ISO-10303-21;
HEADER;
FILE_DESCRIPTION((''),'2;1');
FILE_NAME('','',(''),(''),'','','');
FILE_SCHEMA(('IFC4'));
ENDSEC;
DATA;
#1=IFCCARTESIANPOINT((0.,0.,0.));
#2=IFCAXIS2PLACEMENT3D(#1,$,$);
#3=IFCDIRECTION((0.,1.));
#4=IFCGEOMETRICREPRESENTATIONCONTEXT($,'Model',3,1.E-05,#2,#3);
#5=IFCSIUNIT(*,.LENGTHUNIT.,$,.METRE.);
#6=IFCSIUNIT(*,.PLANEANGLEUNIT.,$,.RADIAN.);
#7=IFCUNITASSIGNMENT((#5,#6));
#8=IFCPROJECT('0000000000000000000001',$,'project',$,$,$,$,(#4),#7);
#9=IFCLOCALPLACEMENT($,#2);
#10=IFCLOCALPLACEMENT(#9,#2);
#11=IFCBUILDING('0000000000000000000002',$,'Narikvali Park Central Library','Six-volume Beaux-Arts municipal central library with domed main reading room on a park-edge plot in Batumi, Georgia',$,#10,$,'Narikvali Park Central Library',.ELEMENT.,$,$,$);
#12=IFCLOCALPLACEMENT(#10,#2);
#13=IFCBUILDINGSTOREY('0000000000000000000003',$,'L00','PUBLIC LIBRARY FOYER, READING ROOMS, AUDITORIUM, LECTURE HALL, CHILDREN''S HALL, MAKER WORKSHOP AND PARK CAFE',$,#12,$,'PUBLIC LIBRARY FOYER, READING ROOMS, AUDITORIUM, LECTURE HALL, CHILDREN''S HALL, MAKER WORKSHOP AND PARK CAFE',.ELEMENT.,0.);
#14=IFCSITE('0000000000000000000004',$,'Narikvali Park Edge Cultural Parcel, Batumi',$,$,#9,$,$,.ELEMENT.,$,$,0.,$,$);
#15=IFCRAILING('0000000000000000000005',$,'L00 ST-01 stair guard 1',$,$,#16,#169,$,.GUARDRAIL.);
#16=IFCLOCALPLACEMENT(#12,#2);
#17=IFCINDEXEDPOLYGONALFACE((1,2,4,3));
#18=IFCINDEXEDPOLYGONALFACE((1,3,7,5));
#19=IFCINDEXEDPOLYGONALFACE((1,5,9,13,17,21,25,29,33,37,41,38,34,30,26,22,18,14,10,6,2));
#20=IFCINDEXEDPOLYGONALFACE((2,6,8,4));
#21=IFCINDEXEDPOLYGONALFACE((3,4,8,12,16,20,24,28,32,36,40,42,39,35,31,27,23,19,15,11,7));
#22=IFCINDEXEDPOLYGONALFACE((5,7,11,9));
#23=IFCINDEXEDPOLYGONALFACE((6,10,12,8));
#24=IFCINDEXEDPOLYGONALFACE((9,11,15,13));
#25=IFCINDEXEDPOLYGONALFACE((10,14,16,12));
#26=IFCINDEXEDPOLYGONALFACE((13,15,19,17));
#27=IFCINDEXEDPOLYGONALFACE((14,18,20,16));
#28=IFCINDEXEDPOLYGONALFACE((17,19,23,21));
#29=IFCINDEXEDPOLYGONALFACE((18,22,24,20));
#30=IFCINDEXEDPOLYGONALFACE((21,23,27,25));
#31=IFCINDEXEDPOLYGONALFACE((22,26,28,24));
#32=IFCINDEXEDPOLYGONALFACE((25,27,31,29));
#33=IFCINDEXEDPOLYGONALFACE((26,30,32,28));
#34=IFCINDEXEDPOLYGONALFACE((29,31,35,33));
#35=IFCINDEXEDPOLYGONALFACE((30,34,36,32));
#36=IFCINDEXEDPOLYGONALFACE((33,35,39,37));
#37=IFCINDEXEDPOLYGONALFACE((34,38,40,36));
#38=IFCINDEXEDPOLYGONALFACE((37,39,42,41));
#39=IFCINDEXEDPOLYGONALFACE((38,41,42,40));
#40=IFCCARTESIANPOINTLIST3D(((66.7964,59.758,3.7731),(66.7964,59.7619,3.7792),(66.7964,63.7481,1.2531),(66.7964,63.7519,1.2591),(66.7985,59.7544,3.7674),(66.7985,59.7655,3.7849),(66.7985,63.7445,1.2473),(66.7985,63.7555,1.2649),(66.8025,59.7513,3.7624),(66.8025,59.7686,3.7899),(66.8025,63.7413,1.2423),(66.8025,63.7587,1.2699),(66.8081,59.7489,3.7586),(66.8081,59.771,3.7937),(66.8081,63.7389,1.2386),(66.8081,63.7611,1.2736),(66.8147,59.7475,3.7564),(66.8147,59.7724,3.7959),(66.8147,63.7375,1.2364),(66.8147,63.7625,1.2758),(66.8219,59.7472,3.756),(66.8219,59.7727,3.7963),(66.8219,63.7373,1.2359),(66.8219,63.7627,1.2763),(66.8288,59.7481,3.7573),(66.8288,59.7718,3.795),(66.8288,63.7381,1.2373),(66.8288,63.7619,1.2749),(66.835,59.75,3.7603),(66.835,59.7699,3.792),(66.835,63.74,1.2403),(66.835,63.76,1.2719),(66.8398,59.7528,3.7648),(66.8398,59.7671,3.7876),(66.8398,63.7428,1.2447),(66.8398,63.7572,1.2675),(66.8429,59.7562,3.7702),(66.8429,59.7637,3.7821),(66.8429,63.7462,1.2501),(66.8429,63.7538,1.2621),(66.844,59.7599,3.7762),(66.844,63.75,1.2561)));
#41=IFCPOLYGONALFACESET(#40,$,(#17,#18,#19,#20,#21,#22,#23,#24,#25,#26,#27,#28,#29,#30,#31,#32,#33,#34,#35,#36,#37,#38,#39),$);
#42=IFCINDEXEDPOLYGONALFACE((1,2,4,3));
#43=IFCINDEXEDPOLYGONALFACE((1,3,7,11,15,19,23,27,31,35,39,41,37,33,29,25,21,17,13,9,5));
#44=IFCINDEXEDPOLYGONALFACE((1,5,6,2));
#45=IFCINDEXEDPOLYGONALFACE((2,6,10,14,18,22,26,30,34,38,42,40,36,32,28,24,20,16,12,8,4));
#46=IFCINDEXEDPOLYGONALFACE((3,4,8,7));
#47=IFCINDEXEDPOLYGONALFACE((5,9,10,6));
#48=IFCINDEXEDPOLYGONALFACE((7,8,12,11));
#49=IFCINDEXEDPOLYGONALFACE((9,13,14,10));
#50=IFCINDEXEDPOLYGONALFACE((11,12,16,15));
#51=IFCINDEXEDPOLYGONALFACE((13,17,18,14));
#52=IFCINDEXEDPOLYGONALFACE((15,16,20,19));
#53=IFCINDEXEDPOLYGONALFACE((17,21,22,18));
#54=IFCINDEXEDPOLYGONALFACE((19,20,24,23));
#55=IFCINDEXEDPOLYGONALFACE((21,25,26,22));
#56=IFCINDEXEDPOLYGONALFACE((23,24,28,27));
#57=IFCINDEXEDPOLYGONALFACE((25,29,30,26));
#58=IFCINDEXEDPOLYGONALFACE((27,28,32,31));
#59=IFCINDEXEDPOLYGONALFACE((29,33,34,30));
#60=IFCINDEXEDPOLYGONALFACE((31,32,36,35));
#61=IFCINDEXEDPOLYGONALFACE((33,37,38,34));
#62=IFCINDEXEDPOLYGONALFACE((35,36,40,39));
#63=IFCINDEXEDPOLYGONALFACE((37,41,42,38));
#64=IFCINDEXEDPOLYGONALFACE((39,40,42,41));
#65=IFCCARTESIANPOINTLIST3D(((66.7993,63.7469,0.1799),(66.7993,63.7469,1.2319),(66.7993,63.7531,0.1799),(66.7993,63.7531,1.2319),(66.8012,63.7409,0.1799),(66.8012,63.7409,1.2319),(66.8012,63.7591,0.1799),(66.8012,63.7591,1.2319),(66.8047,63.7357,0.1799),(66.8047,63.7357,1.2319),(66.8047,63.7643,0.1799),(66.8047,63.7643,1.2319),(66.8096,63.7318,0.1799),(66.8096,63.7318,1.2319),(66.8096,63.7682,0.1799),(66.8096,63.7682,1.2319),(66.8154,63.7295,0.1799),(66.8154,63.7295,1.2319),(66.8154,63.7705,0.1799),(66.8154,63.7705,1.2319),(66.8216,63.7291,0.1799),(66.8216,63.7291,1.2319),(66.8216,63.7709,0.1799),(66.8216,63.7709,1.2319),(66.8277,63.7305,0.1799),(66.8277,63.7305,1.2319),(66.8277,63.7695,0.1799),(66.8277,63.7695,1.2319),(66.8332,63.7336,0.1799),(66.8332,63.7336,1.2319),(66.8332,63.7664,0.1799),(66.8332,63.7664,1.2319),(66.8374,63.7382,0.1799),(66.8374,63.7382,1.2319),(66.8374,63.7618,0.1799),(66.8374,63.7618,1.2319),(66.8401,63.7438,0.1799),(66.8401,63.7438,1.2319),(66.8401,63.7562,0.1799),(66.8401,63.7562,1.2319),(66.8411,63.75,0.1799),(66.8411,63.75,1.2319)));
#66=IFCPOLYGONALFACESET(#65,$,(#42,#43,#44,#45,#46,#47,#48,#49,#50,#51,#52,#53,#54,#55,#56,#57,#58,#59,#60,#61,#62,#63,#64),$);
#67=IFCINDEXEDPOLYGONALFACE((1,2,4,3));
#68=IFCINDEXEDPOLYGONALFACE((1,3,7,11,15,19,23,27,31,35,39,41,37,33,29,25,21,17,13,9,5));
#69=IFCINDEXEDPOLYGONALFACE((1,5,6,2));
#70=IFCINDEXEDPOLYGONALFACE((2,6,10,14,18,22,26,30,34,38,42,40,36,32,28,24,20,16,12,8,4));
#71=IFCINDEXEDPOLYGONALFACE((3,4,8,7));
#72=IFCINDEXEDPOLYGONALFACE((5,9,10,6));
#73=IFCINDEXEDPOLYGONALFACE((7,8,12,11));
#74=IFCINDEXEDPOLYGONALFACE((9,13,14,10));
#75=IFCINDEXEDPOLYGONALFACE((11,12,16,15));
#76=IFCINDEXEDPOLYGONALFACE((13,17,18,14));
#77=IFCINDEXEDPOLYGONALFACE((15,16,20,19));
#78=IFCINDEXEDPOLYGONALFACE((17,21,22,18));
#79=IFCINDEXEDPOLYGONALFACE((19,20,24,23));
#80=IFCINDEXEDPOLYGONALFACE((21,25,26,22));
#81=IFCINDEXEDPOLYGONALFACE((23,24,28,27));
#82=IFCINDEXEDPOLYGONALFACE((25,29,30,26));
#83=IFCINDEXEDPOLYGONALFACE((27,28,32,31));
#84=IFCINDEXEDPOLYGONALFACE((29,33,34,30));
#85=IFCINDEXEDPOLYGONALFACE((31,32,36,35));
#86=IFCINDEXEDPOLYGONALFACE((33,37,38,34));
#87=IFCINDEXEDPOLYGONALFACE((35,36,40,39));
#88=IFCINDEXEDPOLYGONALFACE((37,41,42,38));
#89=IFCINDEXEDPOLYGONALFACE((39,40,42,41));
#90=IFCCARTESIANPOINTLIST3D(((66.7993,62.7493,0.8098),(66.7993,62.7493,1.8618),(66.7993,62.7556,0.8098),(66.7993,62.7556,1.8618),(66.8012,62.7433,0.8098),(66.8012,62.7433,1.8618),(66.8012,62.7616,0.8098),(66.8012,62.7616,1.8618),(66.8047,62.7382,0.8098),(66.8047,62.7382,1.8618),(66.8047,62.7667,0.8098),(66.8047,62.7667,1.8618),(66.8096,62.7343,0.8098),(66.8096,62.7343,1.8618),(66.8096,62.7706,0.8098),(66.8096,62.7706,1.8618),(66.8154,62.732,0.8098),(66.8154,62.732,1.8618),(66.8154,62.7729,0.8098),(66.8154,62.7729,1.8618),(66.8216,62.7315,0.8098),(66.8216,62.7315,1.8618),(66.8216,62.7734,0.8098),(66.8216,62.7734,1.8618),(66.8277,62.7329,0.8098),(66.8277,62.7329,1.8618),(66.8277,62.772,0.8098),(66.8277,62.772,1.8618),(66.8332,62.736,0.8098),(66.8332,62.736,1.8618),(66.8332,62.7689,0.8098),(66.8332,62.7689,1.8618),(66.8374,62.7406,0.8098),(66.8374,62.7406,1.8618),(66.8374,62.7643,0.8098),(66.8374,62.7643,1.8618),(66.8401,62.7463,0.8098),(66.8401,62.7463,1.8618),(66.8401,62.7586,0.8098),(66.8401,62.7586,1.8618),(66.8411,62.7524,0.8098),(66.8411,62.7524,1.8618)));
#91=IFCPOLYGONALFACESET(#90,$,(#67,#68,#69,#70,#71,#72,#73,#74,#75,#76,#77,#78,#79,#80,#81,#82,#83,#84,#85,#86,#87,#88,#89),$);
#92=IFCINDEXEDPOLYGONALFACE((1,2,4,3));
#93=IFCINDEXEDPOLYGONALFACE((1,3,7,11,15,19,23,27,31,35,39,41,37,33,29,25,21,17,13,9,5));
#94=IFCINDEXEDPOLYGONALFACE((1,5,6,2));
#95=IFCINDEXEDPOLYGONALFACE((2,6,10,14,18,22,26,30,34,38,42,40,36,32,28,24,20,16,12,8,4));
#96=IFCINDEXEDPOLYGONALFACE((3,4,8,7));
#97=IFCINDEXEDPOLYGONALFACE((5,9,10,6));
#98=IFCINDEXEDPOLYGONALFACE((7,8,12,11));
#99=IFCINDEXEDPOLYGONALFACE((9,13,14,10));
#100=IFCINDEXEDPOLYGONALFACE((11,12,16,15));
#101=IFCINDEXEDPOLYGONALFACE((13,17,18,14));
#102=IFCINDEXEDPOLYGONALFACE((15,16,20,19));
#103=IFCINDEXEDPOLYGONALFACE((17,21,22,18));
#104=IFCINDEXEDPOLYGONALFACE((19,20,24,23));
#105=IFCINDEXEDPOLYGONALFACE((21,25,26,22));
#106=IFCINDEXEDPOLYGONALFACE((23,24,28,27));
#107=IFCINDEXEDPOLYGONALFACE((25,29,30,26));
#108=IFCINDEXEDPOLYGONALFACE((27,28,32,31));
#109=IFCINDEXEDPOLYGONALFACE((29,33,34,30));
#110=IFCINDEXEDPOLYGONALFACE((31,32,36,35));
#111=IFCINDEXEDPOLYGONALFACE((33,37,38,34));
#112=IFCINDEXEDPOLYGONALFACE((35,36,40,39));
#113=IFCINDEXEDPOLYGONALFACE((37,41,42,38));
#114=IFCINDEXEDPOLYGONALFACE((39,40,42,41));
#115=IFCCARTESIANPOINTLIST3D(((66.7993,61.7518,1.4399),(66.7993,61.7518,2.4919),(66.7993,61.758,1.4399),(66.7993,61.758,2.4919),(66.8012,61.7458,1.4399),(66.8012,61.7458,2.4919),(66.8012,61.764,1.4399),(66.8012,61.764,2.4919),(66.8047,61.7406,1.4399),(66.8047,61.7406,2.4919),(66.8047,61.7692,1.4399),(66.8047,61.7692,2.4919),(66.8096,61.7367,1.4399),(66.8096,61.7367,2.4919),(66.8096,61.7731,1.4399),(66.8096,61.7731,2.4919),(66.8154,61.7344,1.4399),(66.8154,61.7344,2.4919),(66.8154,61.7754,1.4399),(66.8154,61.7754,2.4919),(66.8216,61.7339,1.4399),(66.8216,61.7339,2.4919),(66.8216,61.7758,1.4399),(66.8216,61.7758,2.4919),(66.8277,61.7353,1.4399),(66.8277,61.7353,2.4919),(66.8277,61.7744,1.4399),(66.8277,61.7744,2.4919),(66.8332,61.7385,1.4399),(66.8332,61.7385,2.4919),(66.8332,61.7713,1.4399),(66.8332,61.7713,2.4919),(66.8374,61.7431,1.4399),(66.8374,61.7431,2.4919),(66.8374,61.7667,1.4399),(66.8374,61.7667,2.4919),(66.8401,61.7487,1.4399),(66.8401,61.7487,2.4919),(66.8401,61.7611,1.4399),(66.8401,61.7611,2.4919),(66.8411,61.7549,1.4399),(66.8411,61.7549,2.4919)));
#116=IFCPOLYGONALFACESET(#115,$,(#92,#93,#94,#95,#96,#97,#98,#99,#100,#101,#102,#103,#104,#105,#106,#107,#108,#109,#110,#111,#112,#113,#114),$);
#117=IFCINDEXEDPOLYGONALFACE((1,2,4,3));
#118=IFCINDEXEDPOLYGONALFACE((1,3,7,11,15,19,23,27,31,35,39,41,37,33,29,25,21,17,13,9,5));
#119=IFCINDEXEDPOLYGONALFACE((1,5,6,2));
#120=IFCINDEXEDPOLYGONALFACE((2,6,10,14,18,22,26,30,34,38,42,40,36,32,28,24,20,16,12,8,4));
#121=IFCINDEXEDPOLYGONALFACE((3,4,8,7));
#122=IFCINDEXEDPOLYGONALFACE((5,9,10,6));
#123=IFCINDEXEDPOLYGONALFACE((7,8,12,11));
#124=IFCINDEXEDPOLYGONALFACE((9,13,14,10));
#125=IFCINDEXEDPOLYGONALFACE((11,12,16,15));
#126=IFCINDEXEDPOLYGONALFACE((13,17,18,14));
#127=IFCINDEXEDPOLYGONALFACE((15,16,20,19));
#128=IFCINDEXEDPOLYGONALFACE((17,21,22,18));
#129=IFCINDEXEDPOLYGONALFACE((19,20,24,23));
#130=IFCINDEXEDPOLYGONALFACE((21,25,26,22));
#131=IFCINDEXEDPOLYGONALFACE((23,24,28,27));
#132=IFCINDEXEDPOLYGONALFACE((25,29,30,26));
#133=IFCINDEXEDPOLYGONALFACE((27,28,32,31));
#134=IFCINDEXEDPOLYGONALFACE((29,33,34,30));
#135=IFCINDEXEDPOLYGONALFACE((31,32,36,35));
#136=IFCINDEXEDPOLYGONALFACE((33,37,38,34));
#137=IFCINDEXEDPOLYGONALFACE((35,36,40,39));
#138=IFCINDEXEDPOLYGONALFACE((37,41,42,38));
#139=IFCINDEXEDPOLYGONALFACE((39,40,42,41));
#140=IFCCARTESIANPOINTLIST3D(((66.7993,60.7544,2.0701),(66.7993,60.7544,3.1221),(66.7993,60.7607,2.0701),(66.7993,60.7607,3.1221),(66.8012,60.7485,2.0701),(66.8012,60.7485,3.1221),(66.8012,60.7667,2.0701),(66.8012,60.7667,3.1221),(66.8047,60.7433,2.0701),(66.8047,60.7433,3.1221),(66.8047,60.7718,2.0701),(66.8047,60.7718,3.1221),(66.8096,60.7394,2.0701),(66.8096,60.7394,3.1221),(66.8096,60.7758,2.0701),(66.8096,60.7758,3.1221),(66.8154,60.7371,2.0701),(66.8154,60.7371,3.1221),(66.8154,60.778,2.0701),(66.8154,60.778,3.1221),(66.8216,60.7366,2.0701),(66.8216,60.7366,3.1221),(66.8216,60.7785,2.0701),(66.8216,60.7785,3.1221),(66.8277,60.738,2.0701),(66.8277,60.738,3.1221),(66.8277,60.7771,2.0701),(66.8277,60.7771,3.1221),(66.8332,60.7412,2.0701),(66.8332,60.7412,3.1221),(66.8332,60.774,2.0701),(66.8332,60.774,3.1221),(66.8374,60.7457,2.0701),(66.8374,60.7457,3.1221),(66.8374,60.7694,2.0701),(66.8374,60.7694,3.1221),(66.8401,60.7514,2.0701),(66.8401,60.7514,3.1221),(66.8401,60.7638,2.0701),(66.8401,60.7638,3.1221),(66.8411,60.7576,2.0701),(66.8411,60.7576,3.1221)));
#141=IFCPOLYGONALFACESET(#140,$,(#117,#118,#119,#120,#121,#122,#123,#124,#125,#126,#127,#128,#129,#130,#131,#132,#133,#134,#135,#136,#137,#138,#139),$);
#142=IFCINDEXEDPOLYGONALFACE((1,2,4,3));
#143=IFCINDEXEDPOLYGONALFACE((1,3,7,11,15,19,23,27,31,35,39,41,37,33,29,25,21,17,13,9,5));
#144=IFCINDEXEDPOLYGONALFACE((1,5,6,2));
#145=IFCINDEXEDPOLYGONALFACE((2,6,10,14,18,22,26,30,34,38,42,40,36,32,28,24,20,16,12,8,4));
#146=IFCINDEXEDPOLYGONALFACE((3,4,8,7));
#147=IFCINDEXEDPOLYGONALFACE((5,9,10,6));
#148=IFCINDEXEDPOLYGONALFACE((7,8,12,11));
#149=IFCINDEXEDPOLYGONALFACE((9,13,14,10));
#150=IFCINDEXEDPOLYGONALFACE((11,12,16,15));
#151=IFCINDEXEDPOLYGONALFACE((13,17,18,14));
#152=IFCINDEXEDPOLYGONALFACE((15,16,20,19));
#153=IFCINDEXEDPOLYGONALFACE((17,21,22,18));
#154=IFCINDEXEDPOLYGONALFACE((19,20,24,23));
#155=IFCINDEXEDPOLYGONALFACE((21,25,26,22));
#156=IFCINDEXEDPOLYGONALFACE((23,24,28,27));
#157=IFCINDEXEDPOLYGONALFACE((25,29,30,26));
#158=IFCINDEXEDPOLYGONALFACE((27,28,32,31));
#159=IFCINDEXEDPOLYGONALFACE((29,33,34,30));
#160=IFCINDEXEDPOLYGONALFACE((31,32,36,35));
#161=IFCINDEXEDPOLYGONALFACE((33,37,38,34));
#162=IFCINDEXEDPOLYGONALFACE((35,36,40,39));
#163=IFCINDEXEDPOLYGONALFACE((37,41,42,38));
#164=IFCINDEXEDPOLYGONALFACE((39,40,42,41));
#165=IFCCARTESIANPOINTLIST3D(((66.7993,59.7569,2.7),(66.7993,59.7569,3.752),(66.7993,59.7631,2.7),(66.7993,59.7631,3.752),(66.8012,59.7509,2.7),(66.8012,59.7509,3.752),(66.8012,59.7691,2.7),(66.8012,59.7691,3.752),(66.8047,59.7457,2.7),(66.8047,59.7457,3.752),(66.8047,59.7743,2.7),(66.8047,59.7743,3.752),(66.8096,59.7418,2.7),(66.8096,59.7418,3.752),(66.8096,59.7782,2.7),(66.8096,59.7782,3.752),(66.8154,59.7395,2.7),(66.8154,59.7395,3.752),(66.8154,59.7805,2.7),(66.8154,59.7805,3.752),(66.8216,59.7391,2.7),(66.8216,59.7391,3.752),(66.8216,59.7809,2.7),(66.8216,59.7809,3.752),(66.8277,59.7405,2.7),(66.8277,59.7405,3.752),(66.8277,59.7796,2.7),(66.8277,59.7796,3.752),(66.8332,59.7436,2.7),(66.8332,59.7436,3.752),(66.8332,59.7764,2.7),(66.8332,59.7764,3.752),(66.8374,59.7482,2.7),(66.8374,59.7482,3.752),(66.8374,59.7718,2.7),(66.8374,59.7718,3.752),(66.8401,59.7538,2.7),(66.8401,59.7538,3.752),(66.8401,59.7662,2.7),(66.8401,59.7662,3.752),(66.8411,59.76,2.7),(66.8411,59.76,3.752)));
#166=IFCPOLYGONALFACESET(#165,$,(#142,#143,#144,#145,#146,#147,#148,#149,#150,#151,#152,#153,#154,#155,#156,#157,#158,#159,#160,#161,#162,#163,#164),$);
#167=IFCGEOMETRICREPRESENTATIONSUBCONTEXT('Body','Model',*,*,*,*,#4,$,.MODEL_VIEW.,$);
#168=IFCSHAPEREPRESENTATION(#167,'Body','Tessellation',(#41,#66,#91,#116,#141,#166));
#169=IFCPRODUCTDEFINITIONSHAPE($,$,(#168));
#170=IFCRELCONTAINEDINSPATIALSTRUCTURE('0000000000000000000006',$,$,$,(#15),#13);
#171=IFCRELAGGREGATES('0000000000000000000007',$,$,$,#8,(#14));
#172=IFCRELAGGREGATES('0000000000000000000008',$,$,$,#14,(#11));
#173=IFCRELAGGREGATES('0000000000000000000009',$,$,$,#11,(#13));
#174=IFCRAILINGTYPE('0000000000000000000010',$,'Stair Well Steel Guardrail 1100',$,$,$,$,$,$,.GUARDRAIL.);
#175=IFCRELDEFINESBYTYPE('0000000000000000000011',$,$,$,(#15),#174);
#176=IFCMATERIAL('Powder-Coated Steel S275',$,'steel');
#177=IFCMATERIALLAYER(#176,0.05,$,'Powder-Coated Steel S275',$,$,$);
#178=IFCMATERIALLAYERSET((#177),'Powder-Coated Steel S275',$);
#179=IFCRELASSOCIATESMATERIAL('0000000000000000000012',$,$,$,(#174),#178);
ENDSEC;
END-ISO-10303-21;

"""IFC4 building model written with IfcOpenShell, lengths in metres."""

from ifc_helpers import new_model, si_unit, direction, frame, origin, origin_2d, place, context, subcontext, project, spatial, circle, extrude, material, layer, layer_set, type_object, element, save


model = new_model("IFC4")

# Units and contexts
model_context = context("Model", 3, precision=1e-05, world=origin(), true_north=direction((0.0, 1.0)))
body_context = subcontext(model_context, "Body", "Model", "MODEL_VIEW")
ifc_project = project(units=[si_unit("LENGTHUNIT", "METRE"), si_unit("PLANEANGLEUNIT", "RADIAN")], contexts=[model_context])

# Site, building, storey
site_placement = place(None, origin())
site = spatial("IfcSite", under=ifc_project, at=site_placement, Name="Narikvali Park Edge Cultural Parcel, Batumi", CompositionType="ELEMENT", RefElevation=0.0)
building_placement = place(site_placement, origin())
building = spatial("IfcBuilding", under=site, at=building_placement, Name="Narikvali Park Central Library", Description="Six-volume Beaux-Arts municipal central library with domed main reading room on a park-edge plot in Batumi, Georgia", LongName="Narikvali Park Central Library", CompositionType="ELEMENT")
storey_placement = place(building_placement, origin())
storey = spatial("IfcBuildingStorey", under=building, at=storey_placement, Name="L00", Description="PUBLIC LIBRARY FOYER, READING ROOMS, AUDITORIUM, LECTURE HALL, CHILDREN'S HALL, MAKER WORKSHOP AND PARK CAFE", LongName="PUBLIC LIBRARY FOYER, READING ROOMS, AUDITORIUM, LECTURE HALL, CHILDREN'S HALL, MAKER WORKSHOP AND PARK CAFE", CompositionType="ELEMENT", Elevation=0.0)

# Railing
ifc_material_1 = material(Name="Powder-Coated Steel S275", Category="steel")
ifc_layer_1 = layer(ifc_material_1, 0.05, Name="Powder-Coated Steel S275")
ifc_layer_set_1 = layer_set([ifc_layer_1], Name="Powder-Coated Steel S275")
railing_type_1 = type_object("IfcRailingType", Name="Stair Well Steel Guardrail 1100", PredefinedType="GUARDRAIL", material=ifc_layer_set_1)
railing_1_placement = place(storey_placement, frame((66.8201, 63.75, 0.1799)))
element("IfcRailing", 1, at=railing_1_placement, inside=storey, type_object=railing_type_1, Name="L00 ST-01 stair guard 1", PredefinedType="GUARDRAIL", context=body_context, shape_type="SweptSolid", body=[
    extrude(circle(Radius=0.0239, at=origin_2d()), frame((0.0, 0.0, 1.0762), z_axis=(0.0, -0.845486, 0.533997), x_axis=(1.0, 0.0, 0.0)), (0.0, 0.0, 1.0), 4.7192),
    extrude(circle(Radius=0.021, at=origin_2d()), origin(), (0.0, 0.0, 1.0), 1.052),
    extrude(circle(Radius=0.021, at=origin_2d()), frame((0.0, -0.9976, 0.6299)), (0.0, 0.0, 1.0), 1.052),
    extrude(circle(Radius=0.021, at=origin_2d()), frame((0.0, -1.9951, 1.26)), (0.0, 0.0, 1.0), 1.052),
    extrude(circle(Radius=0.021, at=origin_2d()), frame((0.0, -2.9924, 1.8901)), (0.0, 0.0, 1.0), 1.052),
    extrude(circle(Radius=0.021, at=origin_2d()), frame((0.0, -3.99, 2.52)), (0.0, 0.0, 1.0), 1.052),
])

save(model, "model.ifc")
